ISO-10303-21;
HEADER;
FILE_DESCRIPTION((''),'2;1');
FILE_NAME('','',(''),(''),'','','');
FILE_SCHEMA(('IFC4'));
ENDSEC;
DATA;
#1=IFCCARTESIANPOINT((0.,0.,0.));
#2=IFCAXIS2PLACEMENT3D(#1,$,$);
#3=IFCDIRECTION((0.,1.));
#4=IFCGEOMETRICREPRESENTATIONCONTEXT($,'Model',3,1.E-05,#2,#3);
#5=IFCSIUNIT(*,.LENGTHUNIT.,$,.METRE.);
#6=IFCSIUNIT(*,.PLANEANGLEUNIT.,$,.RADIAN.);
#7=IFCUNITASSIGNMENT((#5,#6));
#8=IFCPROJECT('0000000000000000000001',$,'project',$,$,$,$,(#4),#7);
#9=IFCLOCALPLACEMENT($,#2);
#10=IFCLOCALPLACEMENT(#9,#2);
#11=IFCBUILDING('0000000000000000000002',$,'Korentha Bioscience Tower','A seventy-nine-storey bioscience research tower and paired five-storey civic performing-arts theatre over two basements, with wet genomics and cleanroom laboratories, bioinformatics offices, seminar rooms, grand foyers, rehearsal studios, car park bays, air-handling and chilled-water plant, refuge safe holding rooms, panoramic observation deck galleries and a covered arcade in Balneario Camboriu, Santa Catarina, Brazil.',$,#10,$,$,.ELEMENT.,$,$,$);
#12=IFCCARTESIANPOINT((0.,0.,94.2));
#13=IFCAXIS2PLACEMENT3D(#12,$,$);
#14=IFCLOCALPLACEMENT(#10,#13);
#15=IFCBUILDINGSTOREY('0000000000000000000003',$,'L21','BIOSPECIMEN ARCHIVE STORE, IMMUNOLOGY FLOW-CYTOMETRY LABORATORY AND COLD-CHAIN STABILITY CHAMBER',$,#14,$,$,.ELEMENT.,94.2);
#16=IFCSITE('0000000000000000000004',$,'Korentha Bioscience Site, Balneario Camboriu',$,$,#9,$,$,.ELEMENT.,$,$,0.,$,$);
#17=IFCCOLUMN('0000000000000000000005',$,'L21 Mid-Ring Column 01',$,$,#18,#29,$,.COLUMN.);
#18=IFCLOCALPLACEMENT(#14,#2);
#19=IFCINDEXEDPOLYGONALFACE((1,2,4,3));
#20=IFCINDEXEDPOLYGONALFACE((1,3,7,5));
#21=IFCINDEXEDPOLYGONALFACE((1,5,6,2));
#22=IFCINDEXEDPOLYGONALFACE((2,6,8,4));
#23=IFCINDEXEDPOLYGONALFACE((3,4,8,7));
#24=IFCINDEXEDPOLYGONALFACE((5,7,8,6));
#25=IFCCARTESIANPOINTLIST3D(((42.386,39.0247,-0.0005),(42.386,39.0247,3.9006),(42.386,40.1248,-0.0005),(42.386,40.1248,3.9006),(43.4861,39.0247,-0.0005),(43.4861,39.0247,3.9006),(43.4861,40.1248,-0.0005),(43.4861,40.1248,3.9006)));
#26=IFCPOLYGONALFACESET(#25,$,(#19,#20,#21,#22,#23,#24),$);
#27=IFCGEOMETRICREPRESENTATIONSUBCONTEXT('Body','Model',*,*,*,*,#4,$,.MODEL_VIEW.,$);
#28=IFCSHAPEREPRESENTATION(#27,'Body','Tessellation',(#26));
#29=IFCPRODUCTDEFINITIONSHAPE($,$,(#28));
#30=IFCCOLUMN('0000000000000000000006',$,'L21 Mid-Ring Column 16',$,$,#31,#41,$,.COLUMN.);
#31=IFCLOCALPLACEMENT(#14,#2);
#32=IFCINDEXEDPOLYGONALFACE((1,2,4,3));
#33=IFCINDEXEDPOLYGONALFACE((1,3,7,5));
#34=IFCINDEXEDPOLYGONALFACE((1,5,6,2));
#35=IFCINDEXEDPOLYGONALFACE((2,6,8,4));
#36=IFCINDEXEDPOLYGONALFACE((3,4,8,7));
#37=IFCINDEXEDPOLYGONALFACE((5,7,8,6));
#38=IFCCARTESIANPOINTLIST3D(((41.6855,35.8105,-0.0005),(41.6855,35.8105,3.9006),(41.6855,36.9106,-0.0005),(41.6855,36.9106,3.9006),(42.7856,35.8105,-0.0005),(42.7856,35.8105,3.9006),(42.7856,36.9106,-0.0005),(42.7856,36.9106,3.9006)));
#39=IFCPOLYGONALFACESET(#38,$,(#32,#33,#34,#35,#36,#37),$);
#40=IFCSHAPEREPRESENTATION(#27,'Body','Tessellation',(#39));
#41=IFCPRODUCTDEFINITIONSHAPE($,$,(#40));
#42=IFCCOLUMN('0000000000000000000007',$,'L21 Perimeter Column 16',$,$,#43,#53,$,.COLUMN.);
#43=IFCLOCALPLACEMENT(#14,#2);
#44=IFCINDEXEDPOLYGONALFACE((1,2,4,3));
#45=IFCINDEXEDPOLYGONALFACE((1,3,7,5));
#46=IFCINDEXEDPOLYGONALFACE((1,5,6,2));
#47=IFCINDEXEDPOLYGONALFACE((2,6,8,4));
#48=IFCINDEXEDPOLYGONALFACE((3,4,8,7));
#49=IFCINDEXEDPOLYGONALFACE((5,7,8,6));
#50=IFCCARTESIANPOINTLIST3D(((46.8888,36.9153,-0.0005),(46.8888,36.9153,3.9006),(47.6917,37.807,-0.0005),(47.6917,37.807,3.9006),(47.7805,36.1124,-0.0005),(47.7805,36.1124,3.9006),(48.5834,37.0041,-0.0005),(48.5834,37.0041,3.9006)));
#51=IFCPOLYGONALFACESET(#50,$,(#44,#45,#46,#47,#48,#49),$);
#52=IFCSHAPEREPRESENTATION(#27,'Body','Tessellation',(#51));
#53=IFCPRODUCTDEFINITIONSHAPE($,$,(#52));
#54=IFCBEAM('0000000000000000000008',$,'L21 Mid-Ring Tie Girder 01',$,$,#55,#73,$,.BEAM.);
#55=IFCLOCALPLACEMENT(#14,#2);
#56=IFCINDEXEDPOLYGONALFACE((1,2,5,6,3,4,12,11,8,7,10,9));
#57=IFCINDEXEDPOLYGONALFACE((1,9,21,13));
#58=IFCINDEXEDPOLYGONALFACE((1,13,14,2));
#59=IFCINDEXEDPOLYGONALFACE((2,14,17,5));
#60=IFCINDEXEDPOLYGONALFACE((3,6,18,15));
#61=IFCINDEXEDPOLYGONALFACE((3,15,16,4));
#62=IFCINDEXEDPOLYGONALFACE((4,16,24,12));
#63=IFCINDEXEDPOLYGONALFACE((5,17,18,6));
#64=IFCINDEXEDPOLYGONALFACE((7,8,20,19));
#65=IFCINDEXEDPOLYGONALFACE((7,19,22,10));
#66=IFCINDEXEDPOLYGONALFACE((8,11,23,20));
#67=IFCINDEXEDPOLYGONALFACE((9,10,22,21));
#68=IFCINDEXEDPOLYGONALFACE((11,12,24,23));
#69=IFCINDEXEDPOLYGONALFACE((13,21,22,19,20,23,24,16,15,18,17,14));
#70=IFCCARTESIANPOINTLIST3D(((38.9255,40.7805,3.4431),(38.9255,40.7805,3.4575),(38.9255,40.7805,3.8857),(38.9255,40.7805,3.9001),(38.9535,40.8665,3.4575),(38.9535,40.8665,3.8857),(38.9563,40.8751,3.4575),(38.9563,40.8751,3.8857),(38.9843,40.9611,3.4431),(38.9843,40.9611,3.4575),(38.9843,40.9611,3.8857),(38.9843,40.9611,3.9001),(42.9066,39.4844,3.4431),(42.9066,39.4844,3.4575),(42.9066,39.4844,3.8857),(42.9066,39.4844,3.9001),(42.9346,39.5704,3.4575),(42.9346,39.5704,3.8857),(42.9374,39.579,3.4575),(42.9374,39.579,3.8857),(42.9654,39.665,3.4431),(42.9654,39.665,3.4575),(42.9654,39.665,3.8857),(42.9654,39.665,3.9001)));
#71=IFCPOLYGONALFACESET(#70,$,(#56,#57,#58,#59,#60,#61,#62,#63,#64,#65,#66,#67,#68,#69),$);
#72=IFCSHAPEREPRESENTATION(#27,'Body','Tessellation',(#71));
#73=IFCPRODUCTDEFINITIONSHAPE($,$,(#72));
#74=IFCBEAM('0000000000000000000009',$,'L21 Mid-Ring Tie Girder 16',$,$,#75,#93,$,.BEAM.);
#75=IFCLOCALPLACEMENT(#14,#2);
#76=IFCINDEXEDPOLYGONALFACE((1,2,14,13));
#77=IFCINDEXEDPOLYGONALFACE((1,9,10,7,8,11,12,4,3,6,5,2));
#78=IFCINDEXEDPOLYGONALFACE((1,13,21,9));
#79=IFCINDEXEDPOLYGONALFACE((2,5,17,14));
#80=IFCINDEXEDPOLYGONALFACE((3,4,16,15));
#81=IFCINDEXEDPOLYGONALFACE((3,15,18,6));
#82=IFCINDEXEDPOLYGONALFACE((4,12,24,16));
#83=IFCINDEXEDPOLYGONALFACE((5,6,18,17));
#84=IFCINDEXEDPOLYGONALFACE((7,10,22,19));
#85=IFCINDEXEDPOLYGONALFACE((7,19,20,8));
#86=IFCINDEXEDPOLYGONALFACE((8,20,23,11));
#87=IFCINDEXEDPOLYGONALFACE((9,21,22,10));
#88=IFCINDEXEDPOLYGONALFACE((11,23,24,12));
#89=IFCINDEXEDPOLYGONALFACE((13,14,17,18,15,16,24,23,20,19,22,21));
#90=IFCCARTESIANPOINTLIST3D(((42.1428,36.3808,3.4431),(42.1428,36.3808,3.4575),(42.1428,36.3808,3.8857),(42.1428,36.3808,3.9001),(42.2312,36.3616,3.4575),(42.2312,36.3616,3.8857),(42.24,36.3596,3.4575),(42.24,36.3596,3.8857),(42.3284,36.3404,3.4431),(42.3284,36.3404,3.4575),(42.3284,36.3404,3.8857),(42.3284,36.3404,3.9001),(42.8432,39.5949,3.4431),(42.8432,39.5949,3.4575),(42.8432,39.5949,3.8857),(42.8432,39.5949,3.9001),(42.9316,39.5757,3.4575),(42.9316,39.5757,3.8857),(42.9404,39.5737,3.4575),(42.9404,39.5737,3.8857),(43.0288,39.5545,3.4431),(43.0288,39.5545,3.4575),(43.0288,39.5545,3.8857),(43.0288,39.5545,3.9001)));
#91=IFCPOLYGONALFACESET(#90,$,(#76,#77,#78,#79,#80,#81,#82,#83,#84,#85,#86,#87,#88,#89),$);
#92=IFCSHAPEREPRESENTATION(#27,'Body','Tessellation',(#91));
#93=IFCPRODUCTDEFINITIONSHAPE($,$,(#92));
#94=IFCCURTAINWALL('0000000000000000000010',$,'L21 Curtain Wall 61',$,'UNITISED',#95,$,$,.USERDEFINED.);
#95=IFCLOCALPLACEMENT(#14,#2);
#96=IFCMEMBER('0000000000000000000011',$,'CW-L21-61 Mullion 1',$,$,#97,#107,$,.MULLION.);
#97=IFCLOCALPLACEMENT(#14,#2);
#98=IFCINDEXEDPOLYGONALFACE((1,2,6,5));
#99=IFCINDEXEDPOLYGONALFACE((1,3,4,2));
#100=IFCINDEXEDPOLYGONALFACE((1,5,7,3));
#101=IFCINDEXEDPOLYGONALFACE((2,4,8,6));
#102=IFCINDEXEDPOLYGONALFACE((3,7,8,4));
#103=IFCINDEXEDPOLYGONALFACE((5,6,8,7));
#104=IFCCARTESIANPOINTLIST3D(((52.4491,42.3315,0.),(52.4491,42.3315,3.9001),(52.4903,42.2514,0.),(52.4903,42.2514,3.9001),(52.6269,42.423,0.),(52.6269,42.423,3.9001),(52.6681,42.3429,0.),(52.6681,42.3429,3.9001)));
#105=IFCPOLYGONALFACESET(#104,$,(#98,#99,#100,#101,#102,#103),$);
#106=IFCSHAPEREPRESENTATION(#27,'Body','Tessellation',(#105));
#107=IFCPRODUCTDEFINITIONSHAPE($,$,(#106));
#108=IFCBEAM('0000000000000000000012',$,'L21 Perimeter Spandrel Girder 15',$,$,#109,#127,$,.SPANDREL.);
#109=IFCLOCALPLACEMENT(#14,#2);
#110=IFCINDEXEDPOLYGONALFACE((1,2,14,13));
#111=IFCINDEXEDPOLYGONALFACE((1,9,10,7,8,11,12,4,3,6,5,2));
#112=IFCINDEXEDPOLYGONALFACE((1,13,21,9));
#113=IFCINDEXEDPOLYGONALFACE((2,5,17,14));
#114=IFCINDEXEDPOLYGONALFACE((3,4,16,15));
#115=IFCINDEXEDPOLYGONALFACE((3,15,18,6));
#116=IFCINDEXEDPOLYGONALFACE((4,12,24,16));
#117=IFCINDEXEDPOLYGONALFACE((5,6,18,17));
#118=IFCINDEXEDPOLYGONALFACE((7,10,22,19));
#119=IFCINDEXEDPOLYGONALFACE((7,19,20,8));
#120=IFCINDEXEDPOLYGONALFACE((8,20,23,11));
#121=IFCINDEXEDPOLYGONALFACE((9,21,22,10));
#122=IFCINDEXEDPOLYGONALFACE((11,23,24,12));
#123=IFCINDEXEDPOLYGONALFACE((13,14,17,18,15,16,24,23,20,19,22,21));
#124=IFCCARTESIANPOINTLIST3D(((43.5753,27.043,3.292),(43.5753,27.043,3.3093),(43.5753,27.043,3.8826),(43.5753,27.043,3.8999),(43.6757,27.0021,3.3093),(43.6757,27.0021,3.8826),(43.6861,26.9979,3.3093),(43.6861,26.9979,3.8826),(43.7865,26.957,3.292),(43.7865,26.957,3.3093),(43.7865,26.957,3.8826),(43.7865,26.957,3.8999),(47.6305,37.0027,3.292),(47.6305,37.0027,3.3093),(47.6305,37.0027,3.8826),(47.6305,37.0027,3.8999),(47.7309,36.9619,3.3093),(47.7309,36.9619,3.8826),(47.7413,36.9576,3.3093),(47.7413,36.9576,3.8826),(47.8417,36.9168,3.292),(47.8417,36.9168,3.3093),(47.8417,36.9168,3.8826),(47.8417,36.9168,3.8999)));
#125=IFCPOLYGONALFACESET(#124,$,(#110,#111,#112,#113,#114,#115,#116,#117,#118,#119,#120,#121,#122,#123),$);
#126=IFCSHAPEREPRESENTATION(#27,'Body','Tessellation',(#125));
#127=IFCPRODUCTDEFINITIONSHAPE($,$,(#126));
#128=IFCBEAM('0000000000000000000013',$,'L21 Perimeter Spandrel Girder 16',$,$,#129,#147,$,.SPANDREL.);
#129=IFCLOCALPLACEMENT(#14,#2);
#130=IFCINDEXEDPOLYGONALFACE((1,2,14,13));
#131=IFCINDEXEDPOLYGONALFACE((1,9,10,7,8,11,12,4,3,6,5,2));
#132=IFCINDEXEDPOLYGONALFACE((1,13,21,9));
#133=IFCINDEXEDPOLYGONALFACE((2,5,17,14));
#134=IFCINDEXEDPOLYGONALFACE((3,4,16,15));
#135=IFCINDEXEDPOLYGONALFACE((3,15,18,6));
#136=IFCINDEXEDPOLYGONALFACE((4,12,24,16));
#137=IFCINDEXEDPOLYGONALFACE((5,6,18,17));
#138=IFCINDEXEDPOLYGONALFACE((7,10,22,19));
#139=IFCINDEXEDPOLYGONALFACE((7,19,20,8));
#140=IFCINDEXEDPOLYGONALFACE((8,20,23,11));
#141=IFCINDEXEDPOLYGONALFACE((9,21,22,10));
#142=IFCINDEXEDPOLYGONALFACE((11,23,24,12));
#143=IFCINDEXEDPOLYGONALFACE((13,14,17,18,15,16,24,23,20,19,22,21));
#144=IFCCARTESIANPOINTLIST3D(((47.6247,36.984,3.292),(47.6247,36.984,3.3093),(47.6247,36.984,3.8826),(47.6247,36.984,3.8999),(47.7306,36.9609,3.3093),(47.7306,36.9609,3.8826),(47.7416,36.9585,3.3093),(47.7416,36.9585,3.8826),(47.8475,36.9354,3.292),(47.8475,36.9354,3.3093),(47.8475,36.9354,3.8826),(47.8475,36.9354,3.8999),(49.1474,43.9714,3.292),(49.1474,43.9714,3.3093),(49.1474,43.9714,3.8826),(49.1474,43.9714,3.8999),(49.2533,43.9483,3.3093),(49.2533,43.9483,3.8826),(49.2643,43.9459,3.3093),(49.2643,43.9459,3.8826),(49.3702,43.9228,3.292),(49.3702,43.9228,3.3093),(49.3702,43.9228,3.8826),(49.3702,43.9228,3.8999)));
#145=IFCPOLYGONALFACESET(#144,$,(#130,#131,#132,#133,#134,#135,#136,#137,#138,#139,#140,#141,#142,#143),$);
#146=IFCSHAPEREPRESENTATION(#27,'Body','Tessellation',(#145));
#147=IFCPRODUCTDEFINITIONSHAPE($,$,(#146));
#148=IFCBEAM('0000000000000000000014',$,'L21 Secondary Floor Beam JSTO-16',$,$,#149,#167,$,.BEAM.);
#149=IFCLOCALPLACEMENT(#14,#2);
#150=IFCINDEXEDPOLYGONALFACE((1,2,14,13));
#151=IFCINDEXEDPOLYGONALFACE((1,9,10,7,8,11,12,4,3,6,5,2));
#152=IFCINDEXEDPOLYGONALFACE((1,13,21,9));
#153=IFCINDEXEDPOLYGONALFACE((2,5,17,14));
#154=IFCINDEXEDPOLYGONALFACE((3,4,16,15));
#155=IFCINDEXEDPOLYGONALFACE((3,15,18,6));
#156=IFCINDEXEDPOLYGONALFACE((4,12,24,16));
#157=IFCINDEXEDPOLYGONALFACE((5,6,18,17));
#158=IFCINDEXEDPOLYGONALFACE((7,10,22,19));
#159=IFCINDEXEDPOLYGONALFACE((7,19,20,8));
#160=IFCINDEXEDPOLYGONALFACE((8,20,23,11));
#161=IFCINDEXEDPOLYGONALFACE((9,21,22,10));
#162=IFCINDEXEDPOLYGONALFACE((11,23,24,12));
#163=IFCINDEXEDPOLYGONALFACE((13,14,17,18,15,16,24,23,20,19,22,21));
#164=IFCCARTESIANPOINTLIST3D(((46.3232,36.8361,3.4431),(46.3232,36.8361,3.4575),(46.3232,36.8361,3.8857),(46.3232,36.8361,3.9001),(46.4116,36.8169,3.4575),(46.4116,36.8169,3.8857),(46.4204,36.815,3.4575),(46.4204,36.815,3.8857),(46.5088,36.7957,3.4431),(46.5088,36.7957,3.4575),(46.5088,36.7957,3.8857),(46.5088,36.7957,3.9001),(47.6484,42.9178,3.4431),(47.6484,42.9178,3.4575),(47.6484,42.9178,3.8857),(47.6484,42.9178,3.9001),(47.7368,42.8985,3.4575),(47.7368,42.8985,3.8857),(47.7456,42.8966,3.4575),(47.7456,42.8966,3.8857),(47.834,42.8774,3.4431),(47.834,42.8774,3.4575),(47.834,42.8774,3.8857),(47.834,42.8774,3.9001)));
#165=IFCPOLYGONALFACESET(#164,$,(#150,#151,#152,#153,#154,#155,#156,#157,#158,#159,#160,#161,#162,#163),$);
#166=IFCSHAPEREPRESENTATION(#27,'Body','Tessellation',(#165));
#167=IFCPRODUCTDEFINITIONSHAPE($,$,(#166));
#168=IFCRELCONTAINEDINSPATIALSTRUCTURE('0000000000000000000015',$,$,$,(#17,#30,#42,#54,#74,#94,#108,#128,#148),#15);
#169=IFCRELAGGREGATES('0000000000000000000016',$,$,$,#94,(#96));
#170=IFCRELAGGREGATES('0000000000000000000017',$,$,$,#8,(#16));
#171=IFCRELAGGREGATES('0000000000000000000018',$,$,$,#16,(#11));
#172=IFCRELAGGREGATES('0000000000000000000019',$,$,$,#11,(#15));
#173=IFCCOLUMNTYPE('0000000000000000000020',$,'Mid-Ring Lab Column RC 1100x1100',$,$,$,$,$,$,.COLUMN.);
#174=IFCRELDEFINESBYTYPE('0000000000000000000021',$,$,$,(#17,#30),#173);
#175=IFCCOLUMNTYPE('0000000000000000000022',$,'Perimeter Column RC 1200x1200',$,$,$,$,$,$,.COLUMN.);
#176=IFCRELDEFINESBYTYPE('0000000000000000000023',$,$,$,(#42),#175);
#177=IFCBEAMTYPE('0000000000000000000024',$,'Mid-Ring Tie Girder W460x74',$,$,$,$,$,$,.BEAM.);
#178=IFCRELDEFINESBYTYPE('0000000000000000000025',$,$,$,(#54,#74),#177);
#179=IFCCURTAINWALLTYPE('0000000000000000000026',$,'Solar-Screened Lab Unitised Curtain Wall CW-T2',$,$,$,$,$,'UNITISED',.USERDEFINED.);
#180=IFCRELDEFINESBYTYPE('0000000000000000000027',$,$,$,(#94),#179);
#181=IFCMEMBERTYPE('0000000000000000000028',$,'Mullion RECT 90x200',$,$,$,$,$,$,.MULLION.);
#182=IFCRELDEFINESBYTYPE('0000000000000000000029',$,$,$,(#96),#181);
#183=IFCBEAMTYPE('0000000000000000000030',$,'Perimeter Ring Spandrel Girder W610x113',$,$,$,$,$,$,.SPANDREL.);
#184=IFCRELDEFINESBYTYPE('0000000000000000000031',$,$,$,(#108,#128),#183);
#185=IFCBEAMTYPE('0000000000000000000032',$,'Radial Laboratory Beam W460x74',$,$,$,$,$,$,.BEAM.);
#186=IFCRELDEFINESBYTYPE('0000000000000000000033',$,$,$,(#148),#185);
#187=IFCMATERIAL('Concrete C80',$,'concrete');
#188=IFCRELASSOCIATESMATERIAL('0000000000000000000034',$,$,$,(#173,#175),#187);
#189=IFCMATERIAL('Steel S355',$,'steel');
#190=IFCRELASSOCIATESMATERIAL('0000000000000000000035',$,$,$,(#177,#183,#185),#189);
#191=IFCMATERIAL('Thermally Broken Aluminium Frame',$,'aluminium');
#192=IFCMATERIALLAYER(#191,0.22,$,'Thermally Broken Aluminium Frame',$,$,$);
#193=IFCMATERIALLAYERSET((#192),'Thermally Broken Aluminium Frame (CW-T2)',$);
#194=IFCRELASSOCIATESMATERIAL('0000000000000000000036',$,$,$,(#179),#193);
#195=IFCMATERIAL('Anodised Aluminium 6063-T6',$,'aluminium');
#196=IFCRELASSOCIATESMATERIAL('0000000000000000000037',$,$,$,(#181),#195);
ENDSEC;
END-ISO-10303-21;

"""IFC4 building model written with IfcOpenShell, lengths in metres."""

from ifc_helpers import new_model, si_unit, direction, frame, origin, origin_2d, place, context, subcontext, project, spatial, rectangle, i_section, extrude, material, layer, layer_set, material_profile, profile_set, type_object, element, aggregate, save


model = new_model("IFC4")

# Units and contexts
model_context = context("Model", 3, precision=1e-05, world=origin(), true_north=direction((0.0, 1.0)))
body_context = subcontext(model_context, "Body", "Model", "MODEL_VIEW")
ifc_project = project(units=[si_unit("LENGTHUNIT", "METRE"), si_unit("PLANEANGLEUNIT", "RADIAN")], contexts=[model_context])

# Site, building, storey
site_placement = place(None, origin())
site = spatial("IfcSite", under=ifc_project, at=site_placement, Name="Korentha Bioscience Site, Balneario Camboriu", CompositionType="ELEMENT", RefElevation=0.0)
building_placement = place(site_placement, origin())
building = spatial("IfcBuilding", under=site, at=building_placement, Name="Korentha Bioscience Tower", Description="A seventy-nine-storey bioscience research tower and paired five-storey civic performing-arts theatre over two basements, with wet genomics and cleanroom laboratories, bioinformatics offices, seminar rooms, grand foyers, rehearsal studios, car park bays, air-handling and chilled-water plant, refuge safe holding rooms, panoramic observation deck galleries and a covered arcade in Balneario Camboriu, Santa Catarina, Brazil.", CompositionType="ELEMENT")
storey_placement = place(building_placement, frame((0.0, 0.0, 94.2)))
storey = spatial("IfcBuildingStorey", under=building, at=storey_placement, Name="L21", Description="BIOSPECIMEN ARCHIVE STORE, IMMUNOLOGY FLOW-CYTOMETRY LABORATORY AND COLD-CHAIN STABILITY CHAMBER", CompositionType="ELEMENT", Elevation=94.2)

# Columns
ifc_material_1 = material(Name="Concrete C80", Category="concrete")
ifc_material_profile_1 = material_profile(ifc_material_1, rectangle(XDim=1.1001, YDim=1.1001, at=origin_2d()), Name="Concrete C80")
ifc_profile_set_1 = profile_set([ifc_material_profile_1], Name="Concrete C80 (COL-MR11)")
column_type_1 = type_object("IfcColumnType", Name="Mid-Ring Lab Column RC 1100x1100", PredefinedType="COLUMN", material=ifc_profile_set_1)
for number, where, z_axis, x_axis, name in (
    (1, (42.936, 39.5747, -0.0005), (0.0, 0.0, 1.0), (1.0, 0.0, 0.0), "L21 Mid-Ring Column 01"),
    (2, (42.2356, 36.3606, -0.0005), (0.0, 0.0, 1.0), (1.0, 0.0, 0.0), "L21 Mid-Ring Column 16"),
):
    element("IfcColumn", number, at=place(storey_placement, frame(where, z_axis=z_axis, x_axis=x_axis)), inside=storey, type_object=column_type_1, Name=name, PredefinedType="COLUMN", context=body_context, shape_type="SweptSolid", body=[
        extrude(rectangle(XDim=1.1001, YDim=1.1001, at=origin_2d()), origin(), (0.0, 0.0, 1.0), 3.9011),
    ])
ifc_material_profile_2 = material_profile(ifc_material_1, rectangle(XDim=1.2, YDim=1.2, at=origin_2d()), Name="Concrete C80")
ifc_profile_set_2 = profile_set([ifc_material_profile_2], Name="Concrete C80 (COL-P12)")
column_type_2 = type_object("IfcColumnType", Name="Perimeter Column RC 1200x1200", PredefinedType="COLUMN", material=ifc_profile_set_2)
column_placement = place(storey_placement, frame((47.7361, 36.9597, -0.0005), z_axis=(0.0, 0.0, 1.0), x_axis=(0.669131, 0.743145, 0.0)))
element("IfcColumn", 3, at=column_placement, inside=storey, type_object=column_type_2, Name="L21 Perimeter Column 16", PredefinedType="COLUMN", context=body_context, shape_type="SweptSolid", body=[
    extrude(rectangle(XDim=1.2, YDim=1.2, at=origin_2d()), origin(), (0.0, 0.0, 1.0), 3.9011),
])

# Beams
ifc_material_2 = material(Name="Steel S355", Category="steel")
ifc_material_profile_3 = material_profile(ifc_material_2, i_section(OverallWidth=0.1899, OverallDepth=0.457, WebThickness=0.009, FlangeThickness=0.0144, at=origin_2d()), Name="Steel S355")
ifc_profile_set_3 = profile_set([ifc_material_profile_3], Name="Steel S355 (MB-460)")
beam_type_1 = type_object("IfcBeamType", Name="Mid-Ring Tie Girder W460x74", PredefinedType="BEAM", material=ifc_profile_set_3)
beam_1_placement = place(storey_placement, frame((42.936, 39.5747, 3.6716), z_axis=(-0.950876, 0.309573, 0.0), x_axis=(-0.309573, -0.950876, 0.0)))
element("IfcBeam", 4, at=beam_1_placement, inside=storey, type_object=beam_type_1, Name="L21 Mid-Ring Tie Girder 01", PredefinedType="BEAM", context=body_context, shape_type="SweptSolid", body=[
    extrude(i_section(OverallWidth=0.1899, OverallDepth=0.457, WebThickness=0.009, FlangeThickness=0.0144, at=origin_2d()), origin(), (0.0, 0.0, 1.0), 4.1868),
])
beam_2_placement = place(storey_placement, frame((42.2356, 36.3606, 3.6716), z_axis=(0.212929, 0.977068, 0.0), x_axis=(-0.977068, 0.212929, 0.0)))
element("IfcBeam", 5, at=beam_2_placement, inside=storey, type_object=beam_type_1, Name="L21 Mid-Ring Tie Girder 16", PredefinedType="BEAM", context=body_context, shape_type="SweptSolid", body=[
    extrude(i_section(OverallWidth=0.1899, OverallDepth=0.457, WebThickness=0.009, FlangeThickness=0.0144, at=origin_2d()), origin(), (0.0, 0.0, 1.0), 3.2896),
])

# Curtain wall, member
ifc_material_3 = material(Name="Thermally Broken Aluminium Frame", Category="aluminium")
ifc_layer_1 = layer(ifc_material_3, 0.22, Name="Thermally Broken Aluminium Frame")
ifc_layer_set_1 = layer_set([ifc_layer_1], Name="Thermally Broken Aluminium Frame (CW-T2)")
curtain_wall_type = type_object("IfcCurtainWallType", Name="Solar-Screened Lab Unitised Curtain Wall CW-T2", ElementType="UNITISED", PredefinedType="USERDEFINED", material=ifc_layer_set_1)
curtain_wall_placement = place(storey_placement, origin())
curtain_wall = element("IfcCurtainWall", 6, at=curtain_wall_placement, inside=storey, type_object=curtain_wall_type, Name="L21 Curtain Wall 61", ObjectType="UNITISED", PredefinedType="USERDEFINED")
ifc_material_4 = material(Name="Anodised Aluminium 6063-T6", Category="aluminium")
ifc_material_profile_4 = material_profile(ifc_material_4, rectangle(XDim=0.0901, YDim=0.2, at=origin_2d()), Name="Anodised Aluminium 6063-T6")
ifc_profile_set_4 = profile_set([ifc_material_profile_4], Name="Anodised Aluminium 6063-T6 (CW-MUL)")
member_type_1 = type_object("IfcMemberType", Name="Mullion RECT 90x200", PredefinedType="MULLION", material=ifc_profile_set_4)
member_1_placement = place(storey_placement, frame((52.5586, 42.3372, 0.0), z_axis=(0.0, 0.0, 1.0), x_axis=(-0.457613, 0.889151, 0.0)))
member_1 = element("IfcMember", 7, at=member_1_placement, type_object=member_type_1, Name="CW-L21-61 Mullion 1", PredefinedType="MULLION", context=body_context, shape_type="SweptSolid", body=[
    extrude(rectangle(XDim=0.0901, YDim=0.2, at=origin_2d()), origin(), (0.0, 0.0, 1.0), 3.9001),
])

# Beams
ifc_material_profile_5 = material_profile(ifc_material_2, i_section(OverallWidth=0.228, OverallDepth=0.6079, WebThickness=0.0112, FlangeThickness=0.0173, at=origin_2d()), Name="Steel S355")
ifc_profile_set_5 = profile_set([ifc_material_profile_5], Name="Steel S355 (SB-610)")
beam_type_2 = type_object("IfcBeamType", Name="Perimeter Ring Spandrel Girder W610x113", PredefinedType="SPANDREL", material=ifc_profile_set_5)
beam_3_placement = place(storey_placement, frame((43.6809, 27.0, 3.5959), z_axis=(0.377099, 0.926173, 0.0), x_axis=(-0.926173, 0.377099, 0.0)))
element("IfcBeam", 8, at=beam_3_placement, inside=storey, type_object=beam_type_2, Name="L21 Perimeter Spandrel Girder 15", PredefinedType="SPANDREL", context=body_context, shape_type="SweptSolid", body=[
    extrude(i_section(OverallWidth=0.228, OverallDepth=0.6079, WebThickness=0.0112, FlangeThickness=0.0173, at=origin_2d()), origin(), (0.0, 0.0, 1.0), 10.7537),
])
beam_4_placement = place(storey_placement, frame((47.7361, 36.9597, 3.5959), z_axis=(0.212927, 0.977068, 0.0), x_axis=(-0.977068, 0.212927, 0.0)))
element("IfcBeam", 9, at=beam_4_placement, inside=storey, type_object=beam_type_2, Name="L21 Perimeter Spandrel Girder 16", PredefinedType="SPANDREL", context=body_context, shape_type="SweptSolid", body=[
    extrude(i_section(OverallWidth=0.228, OverallDepth=0.6079, WebThickness=0.0112, FlangeThickness=0.0173, at=origin_2d()), origin(), (0.0, 0.0, 1.0), 7.1514),
])
ifc_material_profile_6 = material_profile(ifc_material_2, i_section(OverallWidth=0.1899, OverallDepth=0.457, WebThickness=0.009, FlangeThickness=0.0144, at=origin_2d()), Name="Steel S355")
ifc_profile_set_6 = profile_set([ifc_material_profile_6], Name="Steel S355 (RB-460)")
beam_type_3 = type_object("IfcBeamType", Name="Radial Laboratory Beam W460x74", PredefinedType="BEAM", material=ifc_profile_set_6)
beam_5_placement = place(storey_placement, frame((46.416, 36.8159, 3.6716), z_axis=(0.212908, 0.977072, 0.0), x_axis=(-0.977072, 0.212908, 0.0)))
element("IfcBeam", 10, at=beam_5_placement, inside=storey, type_object=beam_type_3, Name="L21 Secondary Floor Beam JSTO-16", PredefinedType="BEAM", context=body_context, shape_type="SweptSolid", body=[
    extrude(i_section(OverallWidth=0.1899, OverallDepth=0.457, WebThickness=0.009, FlangeThickness=0.0144, at=origin_2d()), origin(), (0.0, 0.0, 1.0), 6.2244),
])

aggregate(curtain_wall, [member_1])

save(model, "model.ifc")
